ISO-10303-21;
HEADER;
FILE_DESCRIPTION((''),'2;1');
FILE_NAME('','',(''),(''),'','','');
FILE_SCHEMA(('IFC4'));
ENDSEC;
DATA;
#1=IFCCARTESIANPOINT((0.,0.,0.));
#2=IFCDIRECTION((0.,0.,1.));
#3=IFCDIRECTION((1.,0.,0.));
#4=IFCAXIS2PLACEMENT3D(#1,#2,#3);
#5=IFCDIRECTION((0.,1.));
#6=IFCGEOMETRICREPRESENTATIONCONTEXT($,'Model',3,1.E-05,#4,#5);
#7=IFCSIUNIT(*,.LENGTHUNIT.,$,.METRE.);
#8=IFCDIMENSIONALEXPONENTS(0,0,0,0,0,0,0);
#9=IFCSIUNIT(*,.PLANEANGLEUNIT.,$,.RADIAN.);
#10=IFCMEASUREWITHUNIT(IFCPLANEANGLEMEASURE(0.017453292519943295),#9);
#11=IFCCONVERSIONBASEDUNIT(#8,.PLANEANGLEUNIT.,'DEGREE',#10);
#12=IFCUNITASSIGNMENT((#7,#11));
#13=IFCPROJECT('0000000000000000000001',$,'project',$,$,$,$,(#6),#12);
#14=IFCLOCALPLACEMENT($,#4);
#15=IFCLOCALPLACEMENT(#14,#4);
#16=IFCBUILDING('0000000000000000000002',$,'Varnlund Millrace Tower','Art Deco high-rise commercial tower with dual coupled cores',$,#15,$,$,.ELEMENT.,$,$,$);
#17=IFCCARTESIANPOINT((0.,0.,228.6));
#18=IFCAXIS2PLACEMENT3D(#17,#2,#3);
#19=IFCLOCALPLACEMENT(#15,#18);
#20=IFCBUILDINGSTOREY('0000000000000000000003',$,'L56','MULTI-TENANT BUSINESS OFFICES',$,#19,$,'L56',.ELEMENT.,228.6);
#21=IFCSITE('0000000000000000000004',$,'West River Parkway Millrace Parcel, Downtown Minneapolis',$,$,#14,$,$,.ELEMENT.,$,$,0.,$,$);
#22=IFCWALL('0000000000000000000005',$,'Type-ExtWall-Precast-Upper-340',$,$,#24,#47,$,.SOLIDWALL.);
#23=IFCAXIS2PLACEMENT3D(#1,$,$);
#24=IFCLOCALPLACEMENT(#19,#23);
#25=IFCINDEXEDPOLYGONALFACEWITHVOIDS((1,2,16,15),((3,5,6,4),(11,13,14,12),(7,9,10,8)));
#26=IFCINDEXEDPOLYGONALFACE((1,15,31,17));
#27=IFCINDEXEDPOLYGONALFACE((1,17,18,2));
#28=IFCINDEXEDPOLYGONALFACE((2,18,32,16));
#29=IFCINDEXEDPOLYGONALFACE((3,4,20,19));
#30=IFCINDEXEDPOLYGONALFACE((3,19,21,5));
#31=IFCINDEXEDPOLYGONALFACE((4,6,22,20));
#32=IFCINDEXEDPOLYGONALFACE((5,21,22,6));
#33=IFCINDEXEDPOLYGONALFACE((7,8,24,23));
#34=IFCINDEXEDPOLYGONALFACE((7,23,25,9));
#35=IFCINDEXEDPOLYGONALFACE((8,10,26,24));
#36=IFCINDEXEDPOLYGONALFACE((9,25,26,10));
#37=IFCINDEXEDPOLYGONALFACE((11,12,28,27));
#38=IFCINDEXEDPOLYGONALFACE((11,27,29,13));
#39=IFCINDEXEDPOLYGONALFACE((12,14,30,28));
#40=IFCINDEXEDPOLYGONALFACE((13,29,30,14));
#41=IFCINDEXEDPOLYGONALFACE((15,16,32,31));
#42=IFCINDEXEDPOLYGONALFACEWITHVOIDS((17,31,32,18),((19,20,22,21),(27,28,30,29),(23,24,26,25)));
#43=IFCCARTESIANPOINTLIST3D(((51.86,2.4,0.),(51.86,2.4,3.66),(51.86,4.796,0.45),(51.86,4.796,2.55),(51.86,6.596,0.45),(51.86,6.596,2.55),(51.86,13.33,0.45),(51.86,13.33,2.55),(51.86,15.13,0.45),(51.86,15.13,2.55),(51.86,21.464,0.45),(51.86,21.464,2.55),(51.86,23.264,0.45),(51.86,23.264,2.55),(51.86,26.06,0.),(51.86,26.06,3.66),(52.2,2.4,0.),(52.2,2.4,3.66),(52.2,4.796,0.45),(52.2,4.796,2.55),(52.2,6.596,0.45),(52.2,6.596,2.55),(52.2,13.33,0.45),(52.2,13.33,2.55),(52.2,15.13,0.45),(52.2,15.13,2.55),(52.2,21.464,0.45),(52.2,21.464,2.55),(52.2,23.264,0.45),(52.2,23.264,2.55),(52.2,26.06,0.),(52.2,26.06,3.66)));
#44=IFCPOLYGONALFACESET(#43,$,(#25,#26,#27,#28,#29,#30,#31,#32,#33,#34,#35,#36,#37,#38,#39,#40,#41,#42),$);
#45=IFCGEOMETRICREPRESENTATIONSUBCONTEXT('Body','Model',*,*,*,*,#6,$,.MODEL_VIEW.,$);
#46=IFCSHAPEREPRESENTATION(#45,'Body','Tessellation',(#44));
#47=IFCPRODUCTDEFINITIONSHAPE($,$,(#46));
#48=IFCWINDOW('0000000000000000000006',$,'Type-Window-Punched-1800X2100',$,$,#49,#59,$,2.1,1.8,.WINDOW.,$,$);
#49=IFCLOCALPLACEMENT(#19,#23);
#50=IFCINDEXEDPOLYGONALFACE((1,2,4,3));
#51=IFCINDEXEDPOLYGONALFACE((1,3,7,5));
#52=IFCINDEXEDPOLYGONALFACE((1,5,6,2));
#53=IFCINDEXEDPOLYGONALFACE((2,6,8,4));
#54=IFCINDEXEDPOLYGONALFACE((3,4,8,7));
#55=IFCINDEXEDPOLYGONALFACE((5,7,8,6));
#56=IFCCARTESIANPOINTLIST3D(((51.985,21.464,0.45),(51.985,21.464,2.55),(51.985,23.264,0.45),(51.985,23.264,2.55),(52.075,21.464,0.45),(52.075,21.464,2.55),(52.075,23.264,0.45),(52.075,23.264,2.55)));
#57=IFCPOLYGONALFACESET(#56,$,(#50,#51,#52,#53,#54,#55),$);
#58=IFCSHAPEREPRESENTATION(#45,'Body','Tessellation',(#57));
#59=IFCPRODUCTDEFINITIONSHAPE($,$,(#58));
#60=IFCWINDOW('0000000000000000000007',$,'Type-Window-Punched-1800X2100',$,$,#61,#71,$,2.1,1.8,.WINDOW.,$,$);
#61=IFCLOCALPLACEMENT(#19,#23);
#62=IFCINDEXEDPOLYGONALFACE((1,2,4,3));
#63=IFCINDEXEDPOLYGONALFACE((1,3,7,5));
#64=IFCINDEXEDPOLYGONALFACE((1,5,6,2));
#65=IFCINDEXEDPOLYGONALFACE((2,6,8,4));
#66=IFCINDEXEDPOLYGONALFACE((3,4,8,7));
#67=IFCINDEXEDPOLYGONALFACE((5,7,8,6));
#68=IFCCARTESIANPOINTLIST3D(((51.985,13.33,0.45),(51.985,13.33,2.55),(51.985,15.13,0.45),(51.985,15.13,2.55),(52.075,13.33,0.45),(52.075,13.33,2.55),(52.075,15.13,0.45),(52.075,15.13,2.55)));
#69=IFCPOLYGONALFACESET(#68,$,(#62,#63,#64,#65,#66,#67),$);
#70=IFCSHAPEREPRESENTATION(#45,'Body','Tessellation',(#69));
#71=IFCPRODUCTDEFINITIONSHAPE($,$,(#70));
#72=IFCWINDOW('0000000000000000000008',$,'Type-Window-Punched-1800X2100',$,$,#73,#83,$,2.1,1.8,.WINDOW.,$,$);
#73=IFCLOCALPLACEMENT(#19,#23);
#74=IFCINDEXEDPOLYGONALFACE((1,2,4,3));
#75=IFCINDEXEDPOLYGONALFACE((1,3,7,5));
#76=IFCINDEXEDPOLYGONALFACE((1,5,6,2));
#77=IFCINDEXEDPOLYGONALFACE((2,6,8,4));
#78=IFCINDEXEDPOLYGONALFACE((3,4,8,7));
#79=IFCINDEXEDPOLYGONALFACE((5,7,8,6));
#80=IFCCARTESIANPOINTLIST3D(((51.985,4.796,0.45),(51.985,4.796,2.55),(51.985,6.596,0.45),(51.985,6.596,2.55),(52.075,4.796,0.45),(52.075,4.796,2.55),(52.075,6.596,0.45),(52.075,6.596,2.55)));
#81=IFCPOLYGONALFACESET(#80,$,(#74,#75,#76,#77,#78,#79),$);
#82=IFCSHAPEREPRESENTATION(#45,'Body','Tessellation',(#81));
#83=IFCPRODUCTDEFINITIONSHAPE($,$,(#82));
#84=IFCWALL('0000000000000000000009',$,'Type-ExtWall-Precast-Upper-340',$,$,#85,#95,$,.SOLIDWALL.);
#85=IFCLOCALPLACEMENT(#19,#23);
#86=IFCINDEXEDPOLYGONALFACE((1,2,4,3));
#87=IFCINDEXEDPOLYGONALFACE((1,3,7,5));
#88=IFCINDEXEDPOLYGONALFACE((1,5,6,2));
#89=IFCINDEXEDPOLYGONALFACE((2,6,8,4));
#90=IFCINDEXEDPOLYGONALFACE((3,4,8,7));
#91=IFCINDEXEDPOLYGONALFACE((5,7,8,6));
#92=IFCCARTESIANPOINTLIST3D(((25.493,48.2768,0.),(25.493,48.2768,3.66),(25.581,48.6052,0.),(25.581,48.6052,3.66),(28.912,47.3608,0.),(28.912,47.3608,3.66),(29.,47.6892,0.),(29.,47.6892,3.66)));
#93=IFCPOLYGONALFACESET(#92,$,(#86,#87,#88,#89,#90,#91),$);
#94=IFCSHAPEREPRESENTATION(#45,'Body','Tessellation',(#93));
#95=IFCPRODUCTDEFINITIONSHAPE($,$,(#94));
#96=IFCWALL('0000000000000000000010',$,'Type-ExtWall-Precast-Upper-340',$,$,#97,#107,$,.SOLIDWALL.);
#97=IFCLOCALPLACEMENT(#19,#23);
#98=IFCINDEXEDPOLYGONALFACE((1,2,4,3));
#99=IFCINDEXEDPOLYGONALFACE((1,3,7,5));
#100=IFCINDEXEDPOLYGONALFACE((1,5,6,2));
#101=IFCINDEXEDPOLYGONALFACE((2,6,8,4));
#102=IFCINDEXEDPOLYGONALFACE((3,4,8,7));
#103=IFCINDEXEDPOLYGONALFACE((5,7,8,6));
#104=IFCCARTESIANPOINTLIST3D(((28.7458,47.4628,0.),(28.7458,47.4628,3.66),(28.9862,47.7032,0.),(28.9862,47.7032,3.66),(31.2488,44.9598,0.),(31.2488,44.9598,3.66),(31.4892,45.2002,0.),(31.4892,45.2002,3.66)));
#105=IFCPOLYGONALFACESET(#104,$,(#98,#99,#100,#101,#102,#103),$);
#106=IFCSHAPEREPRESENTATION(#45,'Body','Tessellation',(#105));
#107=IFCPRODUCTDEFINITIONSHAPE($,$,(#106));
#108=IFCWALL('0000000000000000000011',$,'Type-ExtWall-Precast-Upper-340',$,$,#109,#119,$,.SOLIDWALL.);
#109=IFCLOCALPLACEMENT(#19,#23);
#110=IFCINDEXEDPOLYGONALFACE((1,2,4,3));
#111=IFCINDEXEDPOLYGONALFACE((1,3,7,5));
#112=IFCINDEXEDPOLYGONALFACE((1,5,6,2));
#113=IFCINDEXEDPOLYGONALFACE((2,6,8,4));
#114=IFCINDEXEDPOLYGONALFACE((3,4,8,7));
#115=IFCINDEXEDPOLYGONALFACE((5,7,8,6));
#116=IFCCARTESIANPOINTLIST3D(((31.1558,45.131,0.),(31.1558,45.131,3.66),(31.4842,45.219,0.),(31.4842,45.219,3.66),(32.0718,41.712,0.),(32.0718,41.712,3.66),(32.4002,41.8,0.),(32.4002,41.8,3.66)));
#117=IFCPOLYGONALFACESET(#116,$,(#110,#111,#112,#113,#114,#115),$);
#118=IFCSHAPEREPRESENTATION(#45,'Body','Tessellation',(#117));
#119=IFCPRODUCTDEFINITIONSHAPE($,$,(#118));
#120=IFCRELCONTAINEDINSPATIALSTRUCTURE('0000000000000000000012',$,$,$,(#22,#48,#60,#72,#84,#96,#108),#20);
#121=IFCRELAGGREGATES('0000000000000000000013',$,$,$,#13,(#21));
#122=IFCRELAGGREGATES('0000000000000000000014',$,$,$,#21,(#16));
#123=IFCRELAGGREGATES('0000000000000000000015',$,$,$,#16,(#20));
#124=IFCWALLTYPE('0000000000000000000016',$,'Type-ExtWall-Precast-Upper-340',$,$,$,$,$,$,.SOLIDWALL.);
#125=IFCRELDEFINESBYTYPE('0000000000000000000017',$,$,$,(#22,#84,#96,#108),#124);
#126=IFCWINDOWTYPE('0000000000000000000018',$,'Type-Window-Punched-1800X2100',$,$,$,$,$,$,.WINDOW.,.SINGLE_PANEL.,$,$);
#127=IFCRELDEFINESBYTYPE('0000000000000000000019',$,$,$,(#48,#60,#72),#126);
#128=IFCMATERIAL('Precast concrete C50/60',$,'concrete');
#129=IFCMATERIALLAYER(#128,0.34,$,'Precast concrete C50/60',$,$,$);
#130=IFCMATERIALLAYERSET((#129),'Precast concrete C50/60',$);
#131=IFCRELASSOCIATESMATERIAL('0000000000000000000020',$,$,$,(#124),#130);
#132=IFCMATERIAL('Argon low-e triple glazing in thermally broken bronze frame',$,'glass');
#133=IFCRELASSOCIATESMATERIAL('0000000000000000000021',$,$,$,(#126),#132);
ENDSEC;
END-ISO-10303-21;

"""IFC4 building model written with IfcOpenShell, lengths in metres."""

from ifc_helpers import new_model, entity, si_unit, converted_unit, direction, frame, origin_with_axes, origin_2d_with_axis, place, context, subcontext, project, spatial, polyline, rectangle, outline, extrude, material, layer, layer_set, type_object, element, fill, save


model = new_model("IFC4")

# Units and contexts
model_context = context("Model", 3, precision=1e-05, world=origin_with_axes(), true_north=direction((0.0, 1.0)))
body_context = subcontext(model_context, "Body", "Model", "MODEL_VIEW")
ifc_project = project(units=[si_unit("LENGTHUNIT", "METRE"), converted_unit("PLANEANGLEUNIT", "DEGREE", entity("IfcPlaneAngleMeasure", 0.017453292519943295), si_unit("PLANEANGLEUNIT", "RADIAN"), dimensions=[0, 0, 0, 0, 0, 0, 0])], contexts=[model_context])

# Site, building, storey
site_placement = place(None, origin_with_axes())
site = spatial("IfcSite", under=ifc_project, at=site_placement, Name="West River Parkway Millrace Parcel, Downtown Minneapolis", CompositionType="ELEMENT", RefElevation=0.0)
building_placement = place(site_placement, origin_with_axes())
building = spatial("IfcBuilding", under=site, at=building_placement, Name="Varnlund Millrace Tower", Description="Art Deco high-rise commercial tower with dual coupled cores", CompositionType="ELEMENT")
storey_placement = place(building_placement, frame((0.0, 0.0, 228.6), z_axis=(0.0, 0.0, 1.0), x_axis=(1.0, 0.0, 0.0)))
storey = spatial("IfcBuildingStorey", under=building, at=storey_placement, Name="L56", Description="MULTI-TENANT BUSINESS OFFICES", LongName="L56", CompositionType="ELEMENT", Elevation=228.6)

# Shared definitions
ifc_material_1 = material(Name="Precast concrete C50/60", Category="concrete")
ifc_layer_1 = layer(ifc_material_1, 0.34, Name="Precast concrete C50/60")
ifc_layer_set_1 = layer_set([ifc_layer_1], Name="Precast concrete C50/60")
wall_type_1 = type_object("IfcWallType", Name="Type-ExtWall-Precast-Upper-340", PredefinedType="SOLIDWALL", material=ifc_layer_set_1)
ifc_material_2 = material(Name="Argon low-e triple glazing in thermally broken bronze frame", Category="glass")
window_type = type_object("IfcWindowType", Name="Type-Window-Punched-1800X2100", PartitioningType="SINGLE_PANEL", PredefinedType="WINDOW", material=ifc_material_2)

# Wall, openings, windows
wall_1_placement = place(storey_placement, frame((52.03, 26.06, 0.0), z_axis=(0.0, 0.0, 1.0), x_axis=(0.0, -1.0, 0.0)))
wall_1 = element("IfcWall", 1, at=wall_1_placement, inside=storey, type_object=wall_type_1, Name="Type-ExtWall-Precast-Upper-340", PredefinedType="SOLIDWALL", context=body_context, shape_type="SweptSolid", body=[
    extrude(outline(polyline([(0.0, -0.17), (23.66, -0.17), (23.66, 0.17), (0.0, 0.17), (0.0, -0.17)])), origin_with_axes(), (0.0, 0.0, 1.0), 3.66),
])
opening_1_placement = place(wall_1_placement, frame((3.696, 0.0, 0.45), z_axis=(0.0, 0.0, 1.0), x_axis=(1.0, 0.0, 0.0)))
opening_1 = element("IfcOpeningElement", 2, at=opening_1_placement, cuts=wall_1, PredefinedType="OPENING", context=body_context, shape_type="SweptSolid", body=[
    extrude(rectangle(XDim=1.8, YDim=0.36, at=origin_2d_with_axis()), origin_with_axes(), (0.0, 0.0, 1.0), 2.1),
])
opening_2_placement = place(wall_1_placement, frame((11.83, 0.0, 0.45), z_axis=(0.0, 0.0, 1.0), x_axis=(1.0, 0.0, 0.0)))
opening_2 = element("IfcOpeningElement", 3, at=opening_2_placement, cuts=wall_1, PredefinedType="OPENING", context=body_context, shape_type="SweptSolid", body=[
    extrude(rectangle(XDim=1.8, YDim=0.36, at=origin_2d_with_axis()), origin_with_axes(), (0.0, 0.0, 1.0), 2.1),
])
opening_3_placement = place(wall_1_placement, frame((20.364, 0.0, 0.45), z_axis=(0.0, 0.0, 1.0), x_axis=(1.0, 0.0, 0.0)))
opening_3 = element("IfcOpeningElement", 4, at=opening_3_placement, cuts=wall_1, PredefinedType="OPENING", context=body_context, shape_type="SweptSolid", body=[
    extrude(rectangle(XDim=1.8, YDim=0.36, at=origin_2d_with_axis()), origin_with_axes(), (0.0, 0.0, 1.0), 2.1),
])
window_1_placement = place(wall_1_placement, frame((3.696, 0.0, 0.45), z_axis=(0.0, 0.0, 1.0), x_axis=(1.0, 0.0, 0.0)))
window_1 = element("IfcWindow", 5, at=window_1_placement, inside=storey, type_object=window_type, Name="Type-Window-Punched-1800X2100", OverallHeight=2.1, OverallWidth=1.8, PredefinedType="WINDOW", context=body_context, shape_type="SweptSolid", body=[
    extrude(rectangle(XDim=1.8, YDim=0.09, at=origin_2d_with_axis()), origin_with_axes(), (0.0, 0.0, 1.0), 2.1),
])
fill(opening_1, window_1)
window_2_placement = place(wall_1_placement, frame((11.83, 0.0, 0.45), z_axis=(0.0, 0.0, 1.0), x_axis=(1.0, 0.0, 0.0)))
window_2 = element("IfcWindow", 6, at=window_2_placement, inside=storey, type_object=window_type, Name="Type-Window-Punched-1800X2100", OverallHeight=2.1, OverallWidth=1.8, PredefinedType="WINDOW", context=body_context, shape_type="SweptSolid", body=[
    extrude(rectangle(XDim=1.8, YDim=0.09, at=origin_2d_with_axis()), origin_with_axes(), (0.0, 0.0, 1.0), 2.1),
])
fill(opening_2, window_2)
window_3_placement = place(wall_1_placement, frame((20.364, 0.0, 0.45), z_axis=(0.0, 0.0, 1.0), x_axis=(1.0, 0.0, 0.0)))
window_3 = element("IfcWindow", 7, at=window_3_placement, inside=storey, type_object=window_type, Name="Type-Window-Punched-1800X2100", OverallHeight=2.1, OverallWidth=1.8, PredefinedType="WINDOW", context=body_context, shape_type="SweptSolid", body=[
    extrude(rectangle(XDim=1.8, YDim=0.09, at=origin_2d_with_axis()), origin_with_axes(), (0.0, 0.0, 1.0), 2.1),
])
fill(opening_3, window_3)

# Walls
wall_2_placement = place(storey_placement, frame((25.537, 48.441, 0.0), z_axis=(0.0, 0.0, 1.0), x_axis=(0.965934, -0.258788, 0.0)))
element("IfcWall", 8, at=wall_2_placement, inside=storey, type_object=wall_type_1, Name="Type-ExtWall-Precast-Upper-340", PredefinedType="SOLIDWALL", context=body_context, shape_type="SweptSolid", body=[
    extrude(outline(polyline([(0.0, -0.17), (3.5396, -0.17), (3.5396, 0.17), (0.0, 0.17), (0.0, -0.17)])), origin_with_axes(), (0.0, 0.0, 1.0), 3.66),
])
wall_3_placement = place(storey_placement, frame((28.866, 47.583, 0.0), z_axis=(0.0, 0.0, 1.0), x_axis=(0.707107, -0.707107, 0.0)))
element("IfcWall", 9, at=wall_3_placement, inside=storey, type_object=wall_type_1, Name="Type-ExtWall-Precast-Upper-340", PredefinedType="SOLIDWALL", context=body_context, shape_type="SweptSolid", body=[
    extrude(outline(polyline([(0.0, -0.17), (3.5398, -0.17), (3.5398, 0.17), (0.0, 0.17), (0.0, -0.17)])), origin_with_axes(), (0.0, 0.0, 1.0), 3.66),
])
wall_4_placement = place(storey_placement, frame((31.32, 45.175, 0.0), z_axis=(0.0, 0.0, 1.0), x_axis=(0.258788, -0.965934, 0.0)))
element("IfcWall", 10, at=wall_4_placement, inside=storey, type_object=wall_type_1, Name="Type-ExtWall-Precast-Upper-340", PredefinedType="SOLIDWALL", context=body_context, shape_type="SweptSolid", body=[
    extrude(outline(polyline([(0.0, -0.17), (3.5396, -0.17), (3.5396, 0.17), (0.0, 0.17), (0.0, -0.17)])), origin_with_axes(), (0.0, 0.0, 1.0), 3.66),
])

save(model, "model.ifc")
